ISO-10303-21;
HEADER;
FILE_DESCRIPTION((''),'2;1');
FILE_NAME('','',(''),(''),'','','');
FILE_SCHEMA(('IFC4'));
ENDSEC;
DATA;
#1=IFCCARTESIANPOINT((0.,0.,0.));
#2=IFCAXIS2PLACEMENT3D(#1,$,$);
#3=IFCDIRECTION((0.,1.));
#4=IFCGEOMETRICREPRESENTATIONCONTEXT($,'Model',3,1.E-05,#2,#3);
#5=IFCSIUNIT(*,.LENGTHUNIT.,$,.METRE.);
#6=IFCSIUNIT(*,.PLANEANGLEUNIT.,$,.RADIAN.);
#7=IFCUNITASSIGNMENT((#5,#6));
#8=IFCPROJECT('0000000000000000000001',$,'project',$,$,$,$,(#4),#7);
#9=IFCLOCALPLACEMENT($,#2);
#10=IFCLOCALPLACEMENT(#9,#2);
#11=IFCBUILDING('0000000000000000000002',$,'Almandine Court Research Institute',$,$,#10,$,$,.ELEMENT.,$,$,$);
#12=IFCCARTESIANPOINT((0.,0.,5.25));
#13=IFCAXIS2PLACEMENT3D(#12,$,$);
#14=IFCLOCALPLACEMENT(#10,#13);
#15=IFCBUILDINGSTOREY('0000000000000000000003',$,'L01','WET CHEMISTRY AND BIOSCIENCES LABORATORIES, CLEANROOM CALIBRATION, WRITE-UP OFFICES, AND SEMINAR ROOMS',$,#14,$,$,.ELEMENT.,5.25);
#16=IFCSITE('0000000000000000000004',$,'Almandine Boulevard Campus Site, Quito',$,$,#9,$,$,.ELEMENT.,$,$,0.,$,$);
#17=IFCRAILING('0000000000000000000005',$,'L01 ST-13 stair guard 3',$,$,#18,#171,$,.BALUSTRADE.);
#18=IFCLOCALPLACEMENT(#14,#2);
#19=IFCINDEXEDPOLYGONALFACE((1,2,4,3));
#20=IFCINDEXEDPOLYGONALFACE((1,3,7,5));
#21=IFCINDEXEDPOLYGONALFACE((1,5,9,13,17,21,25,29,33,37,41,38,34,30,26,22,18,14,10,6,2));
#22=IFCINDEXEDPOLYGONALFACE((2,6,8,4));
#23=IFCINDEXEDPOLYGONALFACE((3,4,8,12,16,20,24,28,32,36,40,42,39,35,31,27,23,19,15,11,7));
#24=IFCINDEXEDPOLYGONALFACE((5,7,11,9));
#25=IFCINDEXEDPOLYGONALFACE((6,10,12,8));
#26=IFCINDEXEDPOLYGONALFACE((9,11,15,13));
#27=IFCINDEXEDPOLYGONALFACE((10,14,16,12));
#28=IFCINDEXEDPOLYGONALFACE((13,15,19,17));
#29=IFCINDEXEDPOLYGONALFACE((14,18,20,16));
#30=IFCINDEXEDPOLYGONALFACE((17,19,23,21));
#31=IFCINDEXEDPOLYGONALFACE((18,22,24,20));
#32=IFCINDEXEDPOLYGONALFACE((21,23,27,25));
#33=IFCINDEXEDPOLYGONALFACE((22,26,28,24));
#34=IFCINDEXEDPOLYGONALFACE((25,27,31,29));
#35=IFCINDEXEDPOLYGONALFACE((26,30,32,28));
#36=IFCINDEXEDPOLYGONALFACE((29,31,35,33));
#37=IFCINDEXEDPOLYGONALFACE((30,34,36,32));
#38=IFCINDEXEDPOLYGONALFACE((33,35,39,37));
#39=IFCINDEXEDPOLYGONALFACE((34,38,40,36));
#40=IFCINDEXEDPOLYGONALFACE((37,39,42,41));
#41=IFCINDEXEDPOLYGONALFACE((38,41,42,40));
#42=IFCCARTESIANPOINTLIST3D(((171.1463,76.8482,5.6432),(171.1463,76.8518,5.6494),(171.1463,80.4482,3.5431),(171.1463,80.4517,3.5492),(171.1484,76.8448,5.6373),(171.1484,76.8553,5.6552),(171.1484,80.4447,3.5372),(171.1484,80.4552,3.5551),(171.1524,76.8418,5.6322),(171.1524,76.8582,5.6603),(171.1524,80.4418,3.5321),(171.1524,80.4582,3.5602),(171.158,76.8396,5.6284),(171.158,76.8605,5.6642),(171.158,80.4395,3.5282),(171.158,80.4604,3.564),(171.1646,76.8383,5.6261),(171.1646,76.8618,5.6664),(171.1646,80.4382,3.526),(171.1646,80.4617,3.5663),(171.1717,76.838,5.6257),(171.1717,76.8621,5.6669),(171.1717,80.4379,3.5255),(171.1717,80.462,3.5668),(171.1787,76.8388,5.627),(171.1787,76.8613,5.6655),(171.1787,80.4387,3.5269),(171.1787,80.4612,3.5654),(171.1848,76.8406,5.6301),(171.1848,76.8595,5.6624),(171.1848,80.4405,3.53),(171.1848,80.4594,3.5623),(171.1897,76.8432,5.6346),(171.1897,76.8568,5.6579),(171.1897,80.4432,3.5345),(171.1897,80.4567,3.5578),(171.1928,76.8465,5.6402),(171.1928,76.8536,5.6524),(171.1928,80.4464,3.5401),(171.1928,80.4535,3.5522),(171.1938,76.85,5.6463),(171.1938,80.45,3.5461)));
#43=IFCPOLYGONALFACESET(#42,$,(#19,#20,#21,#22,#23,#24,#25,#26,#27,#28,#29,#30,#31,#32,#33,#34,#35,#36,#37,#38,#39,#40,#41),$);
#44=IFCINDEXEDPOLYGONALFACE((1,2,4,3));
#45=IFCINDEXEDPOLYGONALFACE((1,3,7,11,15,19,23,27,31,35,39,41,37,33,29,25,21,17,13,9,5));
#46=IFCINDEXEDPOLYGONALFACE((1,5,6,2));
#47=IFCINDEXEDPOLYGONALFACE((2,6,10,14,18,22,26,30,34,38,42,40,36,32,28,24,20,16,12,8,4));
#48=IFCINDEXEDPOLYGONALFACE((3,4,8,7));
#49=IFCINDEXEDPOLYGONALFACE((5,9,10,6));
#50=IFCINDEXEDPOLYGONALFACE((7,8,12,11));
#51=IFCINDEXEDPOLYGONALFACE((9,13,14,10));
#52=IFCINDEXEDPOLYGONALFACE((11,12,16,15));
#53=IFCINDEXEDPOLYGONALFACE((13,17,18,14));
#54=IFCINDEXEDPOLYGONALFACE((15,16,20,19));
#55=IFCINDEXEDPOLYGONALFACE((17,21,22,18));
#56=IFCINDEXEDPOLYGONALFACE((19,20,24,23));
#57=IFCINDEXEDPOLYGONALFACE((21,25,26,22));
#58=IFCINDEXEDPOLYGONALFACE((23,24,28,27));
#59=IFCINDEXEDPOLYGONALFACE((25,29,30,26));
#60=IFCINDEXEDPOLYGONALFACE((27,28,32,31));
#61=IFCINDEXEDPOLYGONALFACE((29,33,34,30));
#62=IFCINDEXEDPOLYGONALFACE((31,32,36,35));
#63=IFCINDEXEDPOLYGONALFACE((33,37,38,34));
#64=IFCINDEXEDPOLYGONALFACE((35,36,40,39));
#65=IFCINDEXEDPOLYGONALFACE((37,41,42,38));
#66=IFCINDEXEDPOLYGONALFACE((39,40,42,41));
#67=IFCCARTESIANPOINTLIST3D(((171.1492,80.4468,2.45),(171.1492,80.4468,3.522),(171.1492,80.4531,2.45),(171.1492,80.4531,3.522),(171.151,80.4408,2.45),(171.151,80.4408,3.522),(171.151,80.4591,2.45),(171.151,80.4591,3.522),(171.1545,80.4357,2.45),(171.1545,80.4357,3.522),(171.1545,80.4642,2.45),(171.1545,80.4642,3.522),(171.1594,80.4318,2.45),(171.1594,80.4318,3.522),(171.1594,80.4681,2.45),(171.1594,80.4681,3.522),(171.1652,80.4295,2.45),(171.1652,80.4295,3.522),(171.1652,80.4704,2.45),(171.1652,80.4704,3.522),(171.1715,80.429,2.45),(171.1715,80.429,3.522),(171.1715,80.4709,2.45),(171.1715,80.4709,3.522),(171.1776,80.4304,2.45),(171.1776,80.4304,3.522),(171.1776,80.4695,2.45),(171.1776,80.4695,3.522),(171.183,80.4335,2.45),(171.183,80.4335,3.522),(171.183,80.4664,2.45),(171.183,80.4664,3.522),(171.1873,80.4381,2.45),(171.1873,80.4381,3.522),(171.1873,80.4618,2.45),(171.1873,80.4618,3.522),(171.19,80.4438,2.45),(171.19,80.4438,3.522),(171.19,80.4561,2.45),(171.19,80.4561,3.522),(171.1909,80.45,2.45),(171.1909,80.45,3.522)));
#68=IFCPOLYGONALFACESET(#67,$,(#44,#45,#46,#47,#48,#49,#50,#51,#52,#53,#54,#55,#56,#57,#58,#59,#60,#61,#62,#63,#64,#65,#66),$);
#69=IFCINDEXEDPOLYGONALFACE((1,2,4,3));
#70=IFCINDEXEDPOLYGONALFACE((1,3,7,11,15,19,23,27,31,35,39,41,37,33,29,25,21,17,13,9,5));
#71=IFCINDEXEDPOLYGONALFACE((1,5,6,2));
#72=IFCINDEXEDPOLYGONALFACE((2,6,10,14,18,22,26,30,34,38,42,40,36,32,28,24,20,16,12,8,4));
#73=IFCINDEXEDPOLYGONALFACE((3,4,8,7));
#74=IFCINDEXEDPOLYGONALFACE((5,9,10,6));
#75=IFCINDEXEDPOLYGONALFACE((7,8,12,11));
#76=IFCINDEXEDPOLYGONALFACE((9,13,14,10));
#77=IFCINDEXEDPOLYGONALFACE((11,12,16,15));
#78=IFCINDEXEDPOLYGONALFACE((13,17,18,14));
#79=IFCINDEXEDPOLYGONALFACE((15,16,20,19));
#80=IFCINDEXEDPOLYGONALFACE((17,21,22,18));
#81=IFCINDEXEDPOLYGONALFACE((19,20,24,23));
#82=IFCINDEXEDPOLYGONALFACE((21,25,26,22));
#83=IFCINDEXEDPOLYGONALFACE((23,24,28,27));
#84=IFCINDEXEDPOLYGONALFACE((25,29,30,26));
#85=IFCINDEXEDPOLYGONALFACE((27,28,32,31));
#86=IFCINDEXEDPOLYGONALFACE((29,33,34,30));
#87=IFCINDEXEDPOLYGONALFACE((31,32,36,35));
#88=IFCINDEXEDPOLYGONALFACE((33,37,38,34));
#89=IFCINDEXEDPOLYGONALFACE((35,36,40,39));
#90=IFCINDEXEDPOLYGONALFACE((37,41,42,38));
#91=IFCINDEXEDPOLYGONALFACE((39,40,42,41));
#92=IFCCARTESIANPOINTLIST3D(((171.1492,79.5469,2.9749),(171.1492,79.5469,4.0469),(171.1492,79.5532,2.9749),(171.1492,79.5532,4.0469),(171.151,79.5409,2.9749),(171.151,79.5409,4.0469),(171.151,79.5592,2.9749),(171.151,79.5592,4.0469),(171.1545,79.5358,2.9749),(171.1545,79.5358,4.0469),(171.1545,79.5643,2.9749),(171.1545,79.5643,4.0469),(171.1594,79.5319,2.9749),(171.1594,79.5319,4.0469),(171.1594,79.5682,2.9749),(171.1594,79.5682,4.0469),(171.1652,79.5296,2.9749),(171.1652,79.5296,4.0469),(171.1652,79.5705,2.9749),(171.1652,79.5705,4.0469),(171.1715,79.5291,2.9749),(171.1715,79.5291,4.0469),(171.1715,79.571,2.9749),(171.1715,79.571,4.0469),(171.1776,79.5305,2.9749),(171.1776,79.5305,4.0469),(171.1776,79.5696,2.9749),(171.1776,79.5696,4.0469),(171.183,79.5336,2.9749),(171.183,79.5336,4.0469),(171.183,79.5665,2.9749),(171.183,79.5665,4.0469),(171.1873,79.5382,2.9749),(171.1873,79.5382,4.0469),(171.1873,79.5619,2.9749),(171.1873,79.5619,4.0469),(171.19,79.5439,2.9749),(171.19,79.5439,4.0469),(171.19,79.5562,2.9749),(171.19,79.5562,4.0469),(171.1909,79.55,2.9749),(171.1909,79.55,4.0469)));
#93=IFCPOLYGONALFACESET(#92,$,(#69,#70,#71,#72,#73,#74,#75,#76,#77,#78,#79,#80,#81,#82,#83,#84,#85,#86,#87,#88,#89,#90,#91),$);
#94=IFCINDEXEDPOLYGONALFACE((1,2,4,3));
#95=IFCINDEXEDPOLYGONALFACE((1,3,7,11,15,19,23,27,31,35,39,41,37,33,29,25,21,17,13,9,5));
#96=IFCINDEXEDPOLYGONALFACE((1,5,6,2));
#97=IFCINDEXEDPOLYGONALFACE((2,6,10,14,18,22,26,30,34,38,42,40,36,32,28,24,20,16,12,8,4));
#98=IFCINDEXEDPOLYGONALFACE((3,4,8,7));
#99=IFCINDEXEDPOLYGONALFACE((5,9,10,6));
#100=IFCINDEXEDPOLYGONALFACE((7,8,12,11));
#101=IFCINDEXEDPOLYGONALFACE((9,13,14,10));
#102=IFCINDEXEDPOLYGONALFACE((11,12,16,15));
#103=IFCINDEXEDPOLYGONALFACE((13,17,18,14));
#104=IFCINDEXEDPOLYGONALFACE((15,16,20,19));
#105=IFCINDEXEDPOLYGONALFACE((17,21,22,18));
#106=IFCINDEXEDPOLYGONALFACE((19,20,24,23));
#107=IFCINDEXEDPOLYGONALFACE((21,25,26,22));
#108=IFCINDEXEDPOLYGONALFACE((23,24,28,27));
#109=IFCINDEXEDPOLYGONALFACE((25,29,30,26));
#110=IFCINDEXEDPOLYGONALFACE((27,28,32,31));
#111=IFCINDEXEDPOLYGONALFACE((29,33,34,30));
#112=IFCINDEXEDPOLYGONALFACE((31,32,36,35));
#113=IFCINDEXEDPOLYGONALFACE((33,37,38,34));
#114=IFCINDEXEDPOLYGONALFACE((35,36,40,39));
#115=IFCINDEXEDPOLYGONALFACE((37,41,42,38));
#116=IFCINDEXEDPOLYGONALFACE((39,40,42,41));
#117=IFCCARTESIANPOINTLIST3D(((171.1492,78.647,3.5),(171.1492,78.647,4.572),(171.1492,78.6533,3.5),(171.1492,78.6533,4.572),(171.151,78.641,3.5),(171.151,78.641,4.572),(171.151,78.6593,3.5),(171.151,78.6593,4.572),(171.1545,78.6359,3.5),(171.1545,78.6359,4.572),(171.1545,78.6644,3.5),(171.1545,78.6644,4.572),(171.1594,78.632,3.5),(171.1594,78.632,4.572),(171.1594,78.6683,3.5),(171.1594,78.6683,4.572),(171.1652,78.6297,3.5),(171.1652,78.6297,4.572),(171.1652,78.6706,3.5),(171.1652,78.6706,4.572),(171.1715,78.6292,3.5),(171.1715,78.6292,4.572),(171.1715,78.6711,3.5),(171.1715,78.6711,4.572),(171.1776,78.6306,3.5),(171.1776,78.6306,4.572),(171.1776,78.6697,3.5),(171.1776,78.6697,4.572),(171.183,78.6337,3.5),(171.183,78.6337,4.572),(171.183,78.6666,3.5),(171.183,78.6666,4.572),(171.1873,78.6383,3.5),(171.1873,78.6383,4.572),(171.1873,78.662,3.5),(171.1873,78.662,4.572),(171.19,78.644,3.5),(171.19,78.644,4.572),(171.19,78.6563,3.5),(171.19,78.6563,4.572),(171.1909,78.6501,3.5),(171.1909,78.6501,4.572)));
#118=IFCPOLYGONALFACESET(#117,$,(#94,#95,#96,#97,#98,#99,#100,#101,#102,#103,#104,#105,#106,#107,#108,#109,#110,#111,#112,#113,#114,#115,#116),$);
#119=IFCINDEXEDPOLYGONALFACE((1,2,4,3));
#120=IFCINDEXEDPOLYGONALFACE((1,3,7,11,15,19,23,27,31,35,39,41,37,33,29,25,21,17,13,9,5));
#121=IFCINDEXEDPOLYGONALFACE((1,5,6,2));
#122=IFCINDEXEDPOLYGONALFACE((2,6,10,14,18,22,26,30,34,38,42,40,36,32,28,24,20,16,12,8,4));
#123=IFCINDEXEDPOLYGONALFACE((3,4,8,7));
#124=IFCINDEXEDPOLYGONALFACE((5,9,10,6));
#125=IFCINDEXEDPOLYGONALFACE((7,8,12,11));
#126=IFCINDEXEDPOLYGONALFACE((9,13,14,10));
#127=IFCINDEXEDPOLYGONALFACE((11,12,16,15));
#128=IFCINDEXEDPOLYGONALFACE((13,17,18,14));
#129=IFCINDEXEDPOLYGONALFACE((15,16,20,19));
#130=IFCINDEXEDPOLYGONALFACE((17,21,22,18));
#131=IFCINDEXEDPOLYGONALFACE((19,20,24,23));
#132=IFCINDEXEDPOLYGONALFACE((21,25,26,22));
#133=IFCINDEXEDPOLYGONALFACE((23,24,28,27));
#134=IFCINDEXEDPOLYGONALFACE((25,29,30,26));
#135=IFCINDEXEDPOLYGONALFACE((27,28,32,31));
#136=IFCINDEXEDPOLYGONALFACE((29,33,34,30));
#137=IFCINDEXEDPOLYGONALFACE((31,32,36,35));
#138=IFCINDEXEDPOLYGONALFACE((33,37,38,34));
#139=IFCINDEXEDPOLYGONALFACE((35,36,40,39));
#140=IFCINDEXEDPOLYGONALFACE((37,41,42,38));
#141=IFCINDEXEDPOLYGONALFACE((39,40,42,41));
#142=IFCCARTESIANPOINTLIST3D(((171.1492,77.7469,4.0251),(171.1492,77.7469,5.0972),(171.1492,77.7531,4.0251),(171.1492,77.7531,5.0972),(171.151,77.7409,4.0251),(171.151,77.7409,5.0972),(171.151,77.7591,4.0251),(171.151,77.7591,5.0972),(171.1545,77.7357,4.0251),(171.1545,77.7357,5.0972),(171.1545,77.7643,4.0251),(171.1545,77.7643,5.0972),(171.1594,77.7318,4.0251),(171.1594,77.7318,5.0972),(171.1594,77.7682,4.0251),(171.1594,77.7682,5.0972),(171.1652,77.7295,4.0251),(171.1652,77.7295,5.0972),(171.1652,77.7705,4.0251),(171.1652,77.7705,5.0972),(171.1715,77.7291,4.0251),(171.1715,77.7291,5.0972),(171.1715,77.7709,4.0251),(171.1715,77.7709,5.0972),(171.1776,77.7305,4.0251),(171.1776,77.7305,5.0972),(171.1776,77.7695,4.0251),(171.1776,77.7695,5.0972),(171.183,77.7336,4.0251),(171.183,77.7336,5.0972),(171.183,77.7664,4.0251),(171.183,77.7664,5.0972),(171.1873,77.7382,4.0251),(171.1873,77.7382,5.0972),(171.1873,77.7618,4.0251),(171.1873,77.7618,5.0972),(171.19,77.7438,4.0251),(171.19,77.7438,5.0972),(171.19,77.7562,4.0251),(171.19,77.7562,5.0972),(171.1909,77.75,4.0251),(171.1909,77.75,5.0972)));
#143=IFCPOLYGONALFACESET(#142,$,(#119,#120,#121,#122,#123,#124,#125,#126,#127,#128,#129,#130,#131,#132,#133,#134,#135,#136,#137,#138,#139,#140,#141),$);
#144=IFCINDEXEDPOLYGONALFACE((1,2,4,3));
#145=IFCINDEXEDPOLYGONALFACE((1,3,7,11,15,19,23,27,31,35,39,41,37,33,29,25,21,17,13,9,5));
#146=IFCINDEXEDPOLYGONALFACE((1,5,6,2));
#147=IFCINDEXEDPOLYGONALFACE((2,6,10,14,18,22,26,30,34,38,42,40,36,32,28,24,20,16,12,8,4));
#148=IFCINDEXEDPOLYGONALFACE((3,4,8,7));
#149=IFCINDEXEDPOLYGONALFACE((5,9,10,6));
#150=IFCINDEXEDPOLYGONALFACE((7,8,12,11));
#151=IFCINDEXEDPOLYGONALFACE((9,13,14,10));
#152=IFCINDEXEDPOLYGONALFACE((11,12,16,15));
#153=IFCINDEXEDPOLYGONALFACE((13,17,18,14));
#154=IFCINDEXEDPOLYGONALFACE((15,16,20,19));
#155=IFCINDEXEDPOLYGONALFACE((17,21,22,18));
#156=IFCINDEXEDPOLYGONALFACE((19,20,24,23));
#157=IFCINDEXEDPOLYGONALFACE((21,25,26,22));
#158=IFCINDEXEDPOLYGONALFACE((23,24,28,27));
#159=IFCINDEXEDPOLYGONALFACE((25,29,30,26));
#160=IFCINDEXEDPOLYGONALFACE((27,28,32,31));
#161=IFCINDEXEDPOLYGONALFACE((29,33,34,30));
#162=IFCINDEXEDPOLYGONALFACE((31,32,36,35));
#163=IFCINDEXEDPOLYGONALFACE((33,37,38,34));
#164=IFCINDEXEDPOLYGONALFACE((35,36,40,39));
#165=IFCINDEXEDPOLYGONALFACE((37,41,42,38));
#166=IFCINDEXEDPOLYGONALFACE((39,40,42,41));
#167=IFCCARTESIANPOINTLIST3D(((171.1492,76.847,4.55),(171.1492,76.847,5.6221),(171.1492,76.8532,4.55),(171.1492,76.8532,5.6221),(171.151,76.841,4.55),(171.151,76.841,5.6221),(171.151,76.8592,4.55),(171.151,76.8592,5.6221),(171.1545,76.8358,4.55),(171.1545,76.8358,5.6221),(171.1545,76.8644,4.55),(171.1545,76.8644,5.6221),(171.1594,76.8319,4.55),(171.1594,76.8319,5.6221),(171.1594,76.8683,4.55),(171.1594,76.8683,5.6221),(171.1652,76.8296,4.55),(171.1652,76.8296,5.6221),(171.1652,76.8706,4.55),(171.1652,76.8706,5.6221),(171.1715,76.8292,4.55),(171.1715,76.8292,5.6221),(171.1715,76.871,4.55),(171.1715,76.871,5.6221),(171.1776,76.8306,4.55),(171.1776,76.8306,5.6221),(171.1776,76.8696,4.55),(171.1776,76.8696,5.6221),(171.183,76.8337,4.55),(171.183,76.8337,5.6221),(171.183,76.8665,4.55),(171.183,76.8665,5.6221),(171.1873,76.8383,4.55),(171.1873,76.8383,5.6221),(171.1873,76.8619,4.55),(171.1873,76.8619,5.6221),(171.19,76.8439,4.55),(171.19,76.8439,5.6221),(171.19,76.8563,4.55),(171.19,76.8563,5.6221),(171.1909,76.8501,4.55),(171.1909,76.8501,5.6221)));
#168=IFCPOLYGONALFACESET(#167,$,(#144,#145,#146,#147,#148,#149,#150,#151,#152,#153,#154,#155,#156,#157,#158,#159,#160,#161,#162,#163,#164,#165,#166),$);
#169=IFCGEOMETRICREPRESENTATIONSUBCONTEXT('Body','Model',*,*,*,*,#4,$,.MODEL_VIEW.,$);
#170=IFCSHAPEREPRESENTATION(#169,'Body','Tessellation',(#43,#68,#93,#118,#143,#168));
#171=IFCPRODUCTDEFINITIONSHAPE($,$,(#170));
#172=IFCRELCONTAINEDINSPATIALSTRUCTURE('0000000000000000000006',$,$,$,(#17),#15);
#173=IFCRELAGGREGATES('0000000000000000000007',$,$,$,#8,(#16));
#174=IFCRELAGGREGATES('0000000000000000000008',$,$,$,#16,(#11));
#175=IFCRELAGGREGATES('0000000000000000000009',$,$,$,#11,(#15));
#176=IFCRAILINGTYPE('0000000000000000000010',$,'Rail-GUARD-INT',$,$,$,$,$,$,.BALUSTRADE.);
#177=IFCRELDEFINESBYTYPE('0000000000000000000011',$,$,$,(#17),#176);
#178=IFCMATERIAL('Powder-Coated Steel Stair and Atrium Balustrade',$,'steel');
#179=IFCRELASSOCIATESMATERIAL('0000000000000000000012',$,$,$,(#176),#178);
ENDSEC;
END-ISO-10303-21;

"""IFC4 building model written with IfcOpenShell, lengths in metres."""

from ifc_helpers import new_model, si_unit, direction, frame, origin, origin_2d, place, context, subcontext, project, spatial, circle, extrude, material, type_object, element, save


model = new_model("IFC4")

# Units and contexts
model_context = context("Model", 3, precision=1e-05, world=origin(), true_north=direction((0.0, 1.0)))
body_context = subcontext(model_context, "Body", "Model", "MODEL_VIEW")
ifc_project = project(units=[si_unit("LENGTHUNIT", "METRE"), si_unit("PLANEANGLEUNIT", "RADIAN")], contexts=[model_context])

# Site, building, storey
site_placement = place(None, origin())
site = spatial("IfcSite", under=ifc_project, at=site_placement, Name="Almandine Boulevard Campus Site, Quito", CompositionType="ELEMENT", RefElevation=0.0)
building_placement = place(site_placement, origin())
building = spatial("IfcBuilding", under=site, at=building_placement, Name="Almandine Court Research Institute", CompositionType="ELEMENT")
storey_placement = place(building_placement, frame((0.0, 0.0, 5.25)))
storey = spatial("IfcBuildingStorey", under=building, at=storey_placement, Name="L01", Description="WET CHEMISTRY AND BIOSCIENCES LABORATORIES, CLEANROOM CALIBRATION, WRITE-UP OFFICES, AND SEMINAR ROOMS", CompositionType="ELEMENT", Elevation=5.25)

# Railing
ifc_material_1 = material(Name="Powder-Coated Steel Stair and Atrium Balustrade", Category="steel")
railing_type_1 = type_object("IfcRailingType", Name="Rail-GUARD-INT", PredefinedType="BALUSTRADE", material=ifc_material_1)
railing_1_placement = place(storey_placement, frame((171.1699, 80.45, 2.45)))
element("IfcRailing", 1, at=railing_1_placement, inside=storey, type_object=railing_type_1, Name="L01 ST-13 stair guard 3", PredefinedType="BALUSTRADE", context=body_context, shape_type="SweptSolid", body=[
    extrude(circle(Radius=0.0239, at=origin_2d()), frame((0.0, 0.0, 1.0962), z_axis=(0.0, -0.86376, 0.503904), x_axis=(1.0, 0.0, 0.0)), (0.0, 0.0, 1.0), 4.1677),
    extrude(circle(Radius=0.021, at=origin_2d()), origin(), (0.0, 0.0, 1.0), 1.072),
    extrude(circle(Radius=0.021, at=origin_2d()), frame((0.0, -0.8999, 0.5249)), (0.0, 0.0, 1.0), 1.072),
    extrude(circle(Radius=0.021, at=origin_2d()), frame((0.0, -1.7998, 1.05)), (0.0, 0.0, 1.0), 1.072),
    extrude(circle(Radius=0.021, at=origin_2d()), frame((0.0, -2.7, 1.5752)), (0.0, 0.0, 1.0), 1.072),
    extrude(circle(Radius=0.021, at=origin_2d()), frame((0.0, -3.5999, 2.1001)), (0.0, 0.0, 1.0), 1.072),
])

save(model, "model.ifc")
